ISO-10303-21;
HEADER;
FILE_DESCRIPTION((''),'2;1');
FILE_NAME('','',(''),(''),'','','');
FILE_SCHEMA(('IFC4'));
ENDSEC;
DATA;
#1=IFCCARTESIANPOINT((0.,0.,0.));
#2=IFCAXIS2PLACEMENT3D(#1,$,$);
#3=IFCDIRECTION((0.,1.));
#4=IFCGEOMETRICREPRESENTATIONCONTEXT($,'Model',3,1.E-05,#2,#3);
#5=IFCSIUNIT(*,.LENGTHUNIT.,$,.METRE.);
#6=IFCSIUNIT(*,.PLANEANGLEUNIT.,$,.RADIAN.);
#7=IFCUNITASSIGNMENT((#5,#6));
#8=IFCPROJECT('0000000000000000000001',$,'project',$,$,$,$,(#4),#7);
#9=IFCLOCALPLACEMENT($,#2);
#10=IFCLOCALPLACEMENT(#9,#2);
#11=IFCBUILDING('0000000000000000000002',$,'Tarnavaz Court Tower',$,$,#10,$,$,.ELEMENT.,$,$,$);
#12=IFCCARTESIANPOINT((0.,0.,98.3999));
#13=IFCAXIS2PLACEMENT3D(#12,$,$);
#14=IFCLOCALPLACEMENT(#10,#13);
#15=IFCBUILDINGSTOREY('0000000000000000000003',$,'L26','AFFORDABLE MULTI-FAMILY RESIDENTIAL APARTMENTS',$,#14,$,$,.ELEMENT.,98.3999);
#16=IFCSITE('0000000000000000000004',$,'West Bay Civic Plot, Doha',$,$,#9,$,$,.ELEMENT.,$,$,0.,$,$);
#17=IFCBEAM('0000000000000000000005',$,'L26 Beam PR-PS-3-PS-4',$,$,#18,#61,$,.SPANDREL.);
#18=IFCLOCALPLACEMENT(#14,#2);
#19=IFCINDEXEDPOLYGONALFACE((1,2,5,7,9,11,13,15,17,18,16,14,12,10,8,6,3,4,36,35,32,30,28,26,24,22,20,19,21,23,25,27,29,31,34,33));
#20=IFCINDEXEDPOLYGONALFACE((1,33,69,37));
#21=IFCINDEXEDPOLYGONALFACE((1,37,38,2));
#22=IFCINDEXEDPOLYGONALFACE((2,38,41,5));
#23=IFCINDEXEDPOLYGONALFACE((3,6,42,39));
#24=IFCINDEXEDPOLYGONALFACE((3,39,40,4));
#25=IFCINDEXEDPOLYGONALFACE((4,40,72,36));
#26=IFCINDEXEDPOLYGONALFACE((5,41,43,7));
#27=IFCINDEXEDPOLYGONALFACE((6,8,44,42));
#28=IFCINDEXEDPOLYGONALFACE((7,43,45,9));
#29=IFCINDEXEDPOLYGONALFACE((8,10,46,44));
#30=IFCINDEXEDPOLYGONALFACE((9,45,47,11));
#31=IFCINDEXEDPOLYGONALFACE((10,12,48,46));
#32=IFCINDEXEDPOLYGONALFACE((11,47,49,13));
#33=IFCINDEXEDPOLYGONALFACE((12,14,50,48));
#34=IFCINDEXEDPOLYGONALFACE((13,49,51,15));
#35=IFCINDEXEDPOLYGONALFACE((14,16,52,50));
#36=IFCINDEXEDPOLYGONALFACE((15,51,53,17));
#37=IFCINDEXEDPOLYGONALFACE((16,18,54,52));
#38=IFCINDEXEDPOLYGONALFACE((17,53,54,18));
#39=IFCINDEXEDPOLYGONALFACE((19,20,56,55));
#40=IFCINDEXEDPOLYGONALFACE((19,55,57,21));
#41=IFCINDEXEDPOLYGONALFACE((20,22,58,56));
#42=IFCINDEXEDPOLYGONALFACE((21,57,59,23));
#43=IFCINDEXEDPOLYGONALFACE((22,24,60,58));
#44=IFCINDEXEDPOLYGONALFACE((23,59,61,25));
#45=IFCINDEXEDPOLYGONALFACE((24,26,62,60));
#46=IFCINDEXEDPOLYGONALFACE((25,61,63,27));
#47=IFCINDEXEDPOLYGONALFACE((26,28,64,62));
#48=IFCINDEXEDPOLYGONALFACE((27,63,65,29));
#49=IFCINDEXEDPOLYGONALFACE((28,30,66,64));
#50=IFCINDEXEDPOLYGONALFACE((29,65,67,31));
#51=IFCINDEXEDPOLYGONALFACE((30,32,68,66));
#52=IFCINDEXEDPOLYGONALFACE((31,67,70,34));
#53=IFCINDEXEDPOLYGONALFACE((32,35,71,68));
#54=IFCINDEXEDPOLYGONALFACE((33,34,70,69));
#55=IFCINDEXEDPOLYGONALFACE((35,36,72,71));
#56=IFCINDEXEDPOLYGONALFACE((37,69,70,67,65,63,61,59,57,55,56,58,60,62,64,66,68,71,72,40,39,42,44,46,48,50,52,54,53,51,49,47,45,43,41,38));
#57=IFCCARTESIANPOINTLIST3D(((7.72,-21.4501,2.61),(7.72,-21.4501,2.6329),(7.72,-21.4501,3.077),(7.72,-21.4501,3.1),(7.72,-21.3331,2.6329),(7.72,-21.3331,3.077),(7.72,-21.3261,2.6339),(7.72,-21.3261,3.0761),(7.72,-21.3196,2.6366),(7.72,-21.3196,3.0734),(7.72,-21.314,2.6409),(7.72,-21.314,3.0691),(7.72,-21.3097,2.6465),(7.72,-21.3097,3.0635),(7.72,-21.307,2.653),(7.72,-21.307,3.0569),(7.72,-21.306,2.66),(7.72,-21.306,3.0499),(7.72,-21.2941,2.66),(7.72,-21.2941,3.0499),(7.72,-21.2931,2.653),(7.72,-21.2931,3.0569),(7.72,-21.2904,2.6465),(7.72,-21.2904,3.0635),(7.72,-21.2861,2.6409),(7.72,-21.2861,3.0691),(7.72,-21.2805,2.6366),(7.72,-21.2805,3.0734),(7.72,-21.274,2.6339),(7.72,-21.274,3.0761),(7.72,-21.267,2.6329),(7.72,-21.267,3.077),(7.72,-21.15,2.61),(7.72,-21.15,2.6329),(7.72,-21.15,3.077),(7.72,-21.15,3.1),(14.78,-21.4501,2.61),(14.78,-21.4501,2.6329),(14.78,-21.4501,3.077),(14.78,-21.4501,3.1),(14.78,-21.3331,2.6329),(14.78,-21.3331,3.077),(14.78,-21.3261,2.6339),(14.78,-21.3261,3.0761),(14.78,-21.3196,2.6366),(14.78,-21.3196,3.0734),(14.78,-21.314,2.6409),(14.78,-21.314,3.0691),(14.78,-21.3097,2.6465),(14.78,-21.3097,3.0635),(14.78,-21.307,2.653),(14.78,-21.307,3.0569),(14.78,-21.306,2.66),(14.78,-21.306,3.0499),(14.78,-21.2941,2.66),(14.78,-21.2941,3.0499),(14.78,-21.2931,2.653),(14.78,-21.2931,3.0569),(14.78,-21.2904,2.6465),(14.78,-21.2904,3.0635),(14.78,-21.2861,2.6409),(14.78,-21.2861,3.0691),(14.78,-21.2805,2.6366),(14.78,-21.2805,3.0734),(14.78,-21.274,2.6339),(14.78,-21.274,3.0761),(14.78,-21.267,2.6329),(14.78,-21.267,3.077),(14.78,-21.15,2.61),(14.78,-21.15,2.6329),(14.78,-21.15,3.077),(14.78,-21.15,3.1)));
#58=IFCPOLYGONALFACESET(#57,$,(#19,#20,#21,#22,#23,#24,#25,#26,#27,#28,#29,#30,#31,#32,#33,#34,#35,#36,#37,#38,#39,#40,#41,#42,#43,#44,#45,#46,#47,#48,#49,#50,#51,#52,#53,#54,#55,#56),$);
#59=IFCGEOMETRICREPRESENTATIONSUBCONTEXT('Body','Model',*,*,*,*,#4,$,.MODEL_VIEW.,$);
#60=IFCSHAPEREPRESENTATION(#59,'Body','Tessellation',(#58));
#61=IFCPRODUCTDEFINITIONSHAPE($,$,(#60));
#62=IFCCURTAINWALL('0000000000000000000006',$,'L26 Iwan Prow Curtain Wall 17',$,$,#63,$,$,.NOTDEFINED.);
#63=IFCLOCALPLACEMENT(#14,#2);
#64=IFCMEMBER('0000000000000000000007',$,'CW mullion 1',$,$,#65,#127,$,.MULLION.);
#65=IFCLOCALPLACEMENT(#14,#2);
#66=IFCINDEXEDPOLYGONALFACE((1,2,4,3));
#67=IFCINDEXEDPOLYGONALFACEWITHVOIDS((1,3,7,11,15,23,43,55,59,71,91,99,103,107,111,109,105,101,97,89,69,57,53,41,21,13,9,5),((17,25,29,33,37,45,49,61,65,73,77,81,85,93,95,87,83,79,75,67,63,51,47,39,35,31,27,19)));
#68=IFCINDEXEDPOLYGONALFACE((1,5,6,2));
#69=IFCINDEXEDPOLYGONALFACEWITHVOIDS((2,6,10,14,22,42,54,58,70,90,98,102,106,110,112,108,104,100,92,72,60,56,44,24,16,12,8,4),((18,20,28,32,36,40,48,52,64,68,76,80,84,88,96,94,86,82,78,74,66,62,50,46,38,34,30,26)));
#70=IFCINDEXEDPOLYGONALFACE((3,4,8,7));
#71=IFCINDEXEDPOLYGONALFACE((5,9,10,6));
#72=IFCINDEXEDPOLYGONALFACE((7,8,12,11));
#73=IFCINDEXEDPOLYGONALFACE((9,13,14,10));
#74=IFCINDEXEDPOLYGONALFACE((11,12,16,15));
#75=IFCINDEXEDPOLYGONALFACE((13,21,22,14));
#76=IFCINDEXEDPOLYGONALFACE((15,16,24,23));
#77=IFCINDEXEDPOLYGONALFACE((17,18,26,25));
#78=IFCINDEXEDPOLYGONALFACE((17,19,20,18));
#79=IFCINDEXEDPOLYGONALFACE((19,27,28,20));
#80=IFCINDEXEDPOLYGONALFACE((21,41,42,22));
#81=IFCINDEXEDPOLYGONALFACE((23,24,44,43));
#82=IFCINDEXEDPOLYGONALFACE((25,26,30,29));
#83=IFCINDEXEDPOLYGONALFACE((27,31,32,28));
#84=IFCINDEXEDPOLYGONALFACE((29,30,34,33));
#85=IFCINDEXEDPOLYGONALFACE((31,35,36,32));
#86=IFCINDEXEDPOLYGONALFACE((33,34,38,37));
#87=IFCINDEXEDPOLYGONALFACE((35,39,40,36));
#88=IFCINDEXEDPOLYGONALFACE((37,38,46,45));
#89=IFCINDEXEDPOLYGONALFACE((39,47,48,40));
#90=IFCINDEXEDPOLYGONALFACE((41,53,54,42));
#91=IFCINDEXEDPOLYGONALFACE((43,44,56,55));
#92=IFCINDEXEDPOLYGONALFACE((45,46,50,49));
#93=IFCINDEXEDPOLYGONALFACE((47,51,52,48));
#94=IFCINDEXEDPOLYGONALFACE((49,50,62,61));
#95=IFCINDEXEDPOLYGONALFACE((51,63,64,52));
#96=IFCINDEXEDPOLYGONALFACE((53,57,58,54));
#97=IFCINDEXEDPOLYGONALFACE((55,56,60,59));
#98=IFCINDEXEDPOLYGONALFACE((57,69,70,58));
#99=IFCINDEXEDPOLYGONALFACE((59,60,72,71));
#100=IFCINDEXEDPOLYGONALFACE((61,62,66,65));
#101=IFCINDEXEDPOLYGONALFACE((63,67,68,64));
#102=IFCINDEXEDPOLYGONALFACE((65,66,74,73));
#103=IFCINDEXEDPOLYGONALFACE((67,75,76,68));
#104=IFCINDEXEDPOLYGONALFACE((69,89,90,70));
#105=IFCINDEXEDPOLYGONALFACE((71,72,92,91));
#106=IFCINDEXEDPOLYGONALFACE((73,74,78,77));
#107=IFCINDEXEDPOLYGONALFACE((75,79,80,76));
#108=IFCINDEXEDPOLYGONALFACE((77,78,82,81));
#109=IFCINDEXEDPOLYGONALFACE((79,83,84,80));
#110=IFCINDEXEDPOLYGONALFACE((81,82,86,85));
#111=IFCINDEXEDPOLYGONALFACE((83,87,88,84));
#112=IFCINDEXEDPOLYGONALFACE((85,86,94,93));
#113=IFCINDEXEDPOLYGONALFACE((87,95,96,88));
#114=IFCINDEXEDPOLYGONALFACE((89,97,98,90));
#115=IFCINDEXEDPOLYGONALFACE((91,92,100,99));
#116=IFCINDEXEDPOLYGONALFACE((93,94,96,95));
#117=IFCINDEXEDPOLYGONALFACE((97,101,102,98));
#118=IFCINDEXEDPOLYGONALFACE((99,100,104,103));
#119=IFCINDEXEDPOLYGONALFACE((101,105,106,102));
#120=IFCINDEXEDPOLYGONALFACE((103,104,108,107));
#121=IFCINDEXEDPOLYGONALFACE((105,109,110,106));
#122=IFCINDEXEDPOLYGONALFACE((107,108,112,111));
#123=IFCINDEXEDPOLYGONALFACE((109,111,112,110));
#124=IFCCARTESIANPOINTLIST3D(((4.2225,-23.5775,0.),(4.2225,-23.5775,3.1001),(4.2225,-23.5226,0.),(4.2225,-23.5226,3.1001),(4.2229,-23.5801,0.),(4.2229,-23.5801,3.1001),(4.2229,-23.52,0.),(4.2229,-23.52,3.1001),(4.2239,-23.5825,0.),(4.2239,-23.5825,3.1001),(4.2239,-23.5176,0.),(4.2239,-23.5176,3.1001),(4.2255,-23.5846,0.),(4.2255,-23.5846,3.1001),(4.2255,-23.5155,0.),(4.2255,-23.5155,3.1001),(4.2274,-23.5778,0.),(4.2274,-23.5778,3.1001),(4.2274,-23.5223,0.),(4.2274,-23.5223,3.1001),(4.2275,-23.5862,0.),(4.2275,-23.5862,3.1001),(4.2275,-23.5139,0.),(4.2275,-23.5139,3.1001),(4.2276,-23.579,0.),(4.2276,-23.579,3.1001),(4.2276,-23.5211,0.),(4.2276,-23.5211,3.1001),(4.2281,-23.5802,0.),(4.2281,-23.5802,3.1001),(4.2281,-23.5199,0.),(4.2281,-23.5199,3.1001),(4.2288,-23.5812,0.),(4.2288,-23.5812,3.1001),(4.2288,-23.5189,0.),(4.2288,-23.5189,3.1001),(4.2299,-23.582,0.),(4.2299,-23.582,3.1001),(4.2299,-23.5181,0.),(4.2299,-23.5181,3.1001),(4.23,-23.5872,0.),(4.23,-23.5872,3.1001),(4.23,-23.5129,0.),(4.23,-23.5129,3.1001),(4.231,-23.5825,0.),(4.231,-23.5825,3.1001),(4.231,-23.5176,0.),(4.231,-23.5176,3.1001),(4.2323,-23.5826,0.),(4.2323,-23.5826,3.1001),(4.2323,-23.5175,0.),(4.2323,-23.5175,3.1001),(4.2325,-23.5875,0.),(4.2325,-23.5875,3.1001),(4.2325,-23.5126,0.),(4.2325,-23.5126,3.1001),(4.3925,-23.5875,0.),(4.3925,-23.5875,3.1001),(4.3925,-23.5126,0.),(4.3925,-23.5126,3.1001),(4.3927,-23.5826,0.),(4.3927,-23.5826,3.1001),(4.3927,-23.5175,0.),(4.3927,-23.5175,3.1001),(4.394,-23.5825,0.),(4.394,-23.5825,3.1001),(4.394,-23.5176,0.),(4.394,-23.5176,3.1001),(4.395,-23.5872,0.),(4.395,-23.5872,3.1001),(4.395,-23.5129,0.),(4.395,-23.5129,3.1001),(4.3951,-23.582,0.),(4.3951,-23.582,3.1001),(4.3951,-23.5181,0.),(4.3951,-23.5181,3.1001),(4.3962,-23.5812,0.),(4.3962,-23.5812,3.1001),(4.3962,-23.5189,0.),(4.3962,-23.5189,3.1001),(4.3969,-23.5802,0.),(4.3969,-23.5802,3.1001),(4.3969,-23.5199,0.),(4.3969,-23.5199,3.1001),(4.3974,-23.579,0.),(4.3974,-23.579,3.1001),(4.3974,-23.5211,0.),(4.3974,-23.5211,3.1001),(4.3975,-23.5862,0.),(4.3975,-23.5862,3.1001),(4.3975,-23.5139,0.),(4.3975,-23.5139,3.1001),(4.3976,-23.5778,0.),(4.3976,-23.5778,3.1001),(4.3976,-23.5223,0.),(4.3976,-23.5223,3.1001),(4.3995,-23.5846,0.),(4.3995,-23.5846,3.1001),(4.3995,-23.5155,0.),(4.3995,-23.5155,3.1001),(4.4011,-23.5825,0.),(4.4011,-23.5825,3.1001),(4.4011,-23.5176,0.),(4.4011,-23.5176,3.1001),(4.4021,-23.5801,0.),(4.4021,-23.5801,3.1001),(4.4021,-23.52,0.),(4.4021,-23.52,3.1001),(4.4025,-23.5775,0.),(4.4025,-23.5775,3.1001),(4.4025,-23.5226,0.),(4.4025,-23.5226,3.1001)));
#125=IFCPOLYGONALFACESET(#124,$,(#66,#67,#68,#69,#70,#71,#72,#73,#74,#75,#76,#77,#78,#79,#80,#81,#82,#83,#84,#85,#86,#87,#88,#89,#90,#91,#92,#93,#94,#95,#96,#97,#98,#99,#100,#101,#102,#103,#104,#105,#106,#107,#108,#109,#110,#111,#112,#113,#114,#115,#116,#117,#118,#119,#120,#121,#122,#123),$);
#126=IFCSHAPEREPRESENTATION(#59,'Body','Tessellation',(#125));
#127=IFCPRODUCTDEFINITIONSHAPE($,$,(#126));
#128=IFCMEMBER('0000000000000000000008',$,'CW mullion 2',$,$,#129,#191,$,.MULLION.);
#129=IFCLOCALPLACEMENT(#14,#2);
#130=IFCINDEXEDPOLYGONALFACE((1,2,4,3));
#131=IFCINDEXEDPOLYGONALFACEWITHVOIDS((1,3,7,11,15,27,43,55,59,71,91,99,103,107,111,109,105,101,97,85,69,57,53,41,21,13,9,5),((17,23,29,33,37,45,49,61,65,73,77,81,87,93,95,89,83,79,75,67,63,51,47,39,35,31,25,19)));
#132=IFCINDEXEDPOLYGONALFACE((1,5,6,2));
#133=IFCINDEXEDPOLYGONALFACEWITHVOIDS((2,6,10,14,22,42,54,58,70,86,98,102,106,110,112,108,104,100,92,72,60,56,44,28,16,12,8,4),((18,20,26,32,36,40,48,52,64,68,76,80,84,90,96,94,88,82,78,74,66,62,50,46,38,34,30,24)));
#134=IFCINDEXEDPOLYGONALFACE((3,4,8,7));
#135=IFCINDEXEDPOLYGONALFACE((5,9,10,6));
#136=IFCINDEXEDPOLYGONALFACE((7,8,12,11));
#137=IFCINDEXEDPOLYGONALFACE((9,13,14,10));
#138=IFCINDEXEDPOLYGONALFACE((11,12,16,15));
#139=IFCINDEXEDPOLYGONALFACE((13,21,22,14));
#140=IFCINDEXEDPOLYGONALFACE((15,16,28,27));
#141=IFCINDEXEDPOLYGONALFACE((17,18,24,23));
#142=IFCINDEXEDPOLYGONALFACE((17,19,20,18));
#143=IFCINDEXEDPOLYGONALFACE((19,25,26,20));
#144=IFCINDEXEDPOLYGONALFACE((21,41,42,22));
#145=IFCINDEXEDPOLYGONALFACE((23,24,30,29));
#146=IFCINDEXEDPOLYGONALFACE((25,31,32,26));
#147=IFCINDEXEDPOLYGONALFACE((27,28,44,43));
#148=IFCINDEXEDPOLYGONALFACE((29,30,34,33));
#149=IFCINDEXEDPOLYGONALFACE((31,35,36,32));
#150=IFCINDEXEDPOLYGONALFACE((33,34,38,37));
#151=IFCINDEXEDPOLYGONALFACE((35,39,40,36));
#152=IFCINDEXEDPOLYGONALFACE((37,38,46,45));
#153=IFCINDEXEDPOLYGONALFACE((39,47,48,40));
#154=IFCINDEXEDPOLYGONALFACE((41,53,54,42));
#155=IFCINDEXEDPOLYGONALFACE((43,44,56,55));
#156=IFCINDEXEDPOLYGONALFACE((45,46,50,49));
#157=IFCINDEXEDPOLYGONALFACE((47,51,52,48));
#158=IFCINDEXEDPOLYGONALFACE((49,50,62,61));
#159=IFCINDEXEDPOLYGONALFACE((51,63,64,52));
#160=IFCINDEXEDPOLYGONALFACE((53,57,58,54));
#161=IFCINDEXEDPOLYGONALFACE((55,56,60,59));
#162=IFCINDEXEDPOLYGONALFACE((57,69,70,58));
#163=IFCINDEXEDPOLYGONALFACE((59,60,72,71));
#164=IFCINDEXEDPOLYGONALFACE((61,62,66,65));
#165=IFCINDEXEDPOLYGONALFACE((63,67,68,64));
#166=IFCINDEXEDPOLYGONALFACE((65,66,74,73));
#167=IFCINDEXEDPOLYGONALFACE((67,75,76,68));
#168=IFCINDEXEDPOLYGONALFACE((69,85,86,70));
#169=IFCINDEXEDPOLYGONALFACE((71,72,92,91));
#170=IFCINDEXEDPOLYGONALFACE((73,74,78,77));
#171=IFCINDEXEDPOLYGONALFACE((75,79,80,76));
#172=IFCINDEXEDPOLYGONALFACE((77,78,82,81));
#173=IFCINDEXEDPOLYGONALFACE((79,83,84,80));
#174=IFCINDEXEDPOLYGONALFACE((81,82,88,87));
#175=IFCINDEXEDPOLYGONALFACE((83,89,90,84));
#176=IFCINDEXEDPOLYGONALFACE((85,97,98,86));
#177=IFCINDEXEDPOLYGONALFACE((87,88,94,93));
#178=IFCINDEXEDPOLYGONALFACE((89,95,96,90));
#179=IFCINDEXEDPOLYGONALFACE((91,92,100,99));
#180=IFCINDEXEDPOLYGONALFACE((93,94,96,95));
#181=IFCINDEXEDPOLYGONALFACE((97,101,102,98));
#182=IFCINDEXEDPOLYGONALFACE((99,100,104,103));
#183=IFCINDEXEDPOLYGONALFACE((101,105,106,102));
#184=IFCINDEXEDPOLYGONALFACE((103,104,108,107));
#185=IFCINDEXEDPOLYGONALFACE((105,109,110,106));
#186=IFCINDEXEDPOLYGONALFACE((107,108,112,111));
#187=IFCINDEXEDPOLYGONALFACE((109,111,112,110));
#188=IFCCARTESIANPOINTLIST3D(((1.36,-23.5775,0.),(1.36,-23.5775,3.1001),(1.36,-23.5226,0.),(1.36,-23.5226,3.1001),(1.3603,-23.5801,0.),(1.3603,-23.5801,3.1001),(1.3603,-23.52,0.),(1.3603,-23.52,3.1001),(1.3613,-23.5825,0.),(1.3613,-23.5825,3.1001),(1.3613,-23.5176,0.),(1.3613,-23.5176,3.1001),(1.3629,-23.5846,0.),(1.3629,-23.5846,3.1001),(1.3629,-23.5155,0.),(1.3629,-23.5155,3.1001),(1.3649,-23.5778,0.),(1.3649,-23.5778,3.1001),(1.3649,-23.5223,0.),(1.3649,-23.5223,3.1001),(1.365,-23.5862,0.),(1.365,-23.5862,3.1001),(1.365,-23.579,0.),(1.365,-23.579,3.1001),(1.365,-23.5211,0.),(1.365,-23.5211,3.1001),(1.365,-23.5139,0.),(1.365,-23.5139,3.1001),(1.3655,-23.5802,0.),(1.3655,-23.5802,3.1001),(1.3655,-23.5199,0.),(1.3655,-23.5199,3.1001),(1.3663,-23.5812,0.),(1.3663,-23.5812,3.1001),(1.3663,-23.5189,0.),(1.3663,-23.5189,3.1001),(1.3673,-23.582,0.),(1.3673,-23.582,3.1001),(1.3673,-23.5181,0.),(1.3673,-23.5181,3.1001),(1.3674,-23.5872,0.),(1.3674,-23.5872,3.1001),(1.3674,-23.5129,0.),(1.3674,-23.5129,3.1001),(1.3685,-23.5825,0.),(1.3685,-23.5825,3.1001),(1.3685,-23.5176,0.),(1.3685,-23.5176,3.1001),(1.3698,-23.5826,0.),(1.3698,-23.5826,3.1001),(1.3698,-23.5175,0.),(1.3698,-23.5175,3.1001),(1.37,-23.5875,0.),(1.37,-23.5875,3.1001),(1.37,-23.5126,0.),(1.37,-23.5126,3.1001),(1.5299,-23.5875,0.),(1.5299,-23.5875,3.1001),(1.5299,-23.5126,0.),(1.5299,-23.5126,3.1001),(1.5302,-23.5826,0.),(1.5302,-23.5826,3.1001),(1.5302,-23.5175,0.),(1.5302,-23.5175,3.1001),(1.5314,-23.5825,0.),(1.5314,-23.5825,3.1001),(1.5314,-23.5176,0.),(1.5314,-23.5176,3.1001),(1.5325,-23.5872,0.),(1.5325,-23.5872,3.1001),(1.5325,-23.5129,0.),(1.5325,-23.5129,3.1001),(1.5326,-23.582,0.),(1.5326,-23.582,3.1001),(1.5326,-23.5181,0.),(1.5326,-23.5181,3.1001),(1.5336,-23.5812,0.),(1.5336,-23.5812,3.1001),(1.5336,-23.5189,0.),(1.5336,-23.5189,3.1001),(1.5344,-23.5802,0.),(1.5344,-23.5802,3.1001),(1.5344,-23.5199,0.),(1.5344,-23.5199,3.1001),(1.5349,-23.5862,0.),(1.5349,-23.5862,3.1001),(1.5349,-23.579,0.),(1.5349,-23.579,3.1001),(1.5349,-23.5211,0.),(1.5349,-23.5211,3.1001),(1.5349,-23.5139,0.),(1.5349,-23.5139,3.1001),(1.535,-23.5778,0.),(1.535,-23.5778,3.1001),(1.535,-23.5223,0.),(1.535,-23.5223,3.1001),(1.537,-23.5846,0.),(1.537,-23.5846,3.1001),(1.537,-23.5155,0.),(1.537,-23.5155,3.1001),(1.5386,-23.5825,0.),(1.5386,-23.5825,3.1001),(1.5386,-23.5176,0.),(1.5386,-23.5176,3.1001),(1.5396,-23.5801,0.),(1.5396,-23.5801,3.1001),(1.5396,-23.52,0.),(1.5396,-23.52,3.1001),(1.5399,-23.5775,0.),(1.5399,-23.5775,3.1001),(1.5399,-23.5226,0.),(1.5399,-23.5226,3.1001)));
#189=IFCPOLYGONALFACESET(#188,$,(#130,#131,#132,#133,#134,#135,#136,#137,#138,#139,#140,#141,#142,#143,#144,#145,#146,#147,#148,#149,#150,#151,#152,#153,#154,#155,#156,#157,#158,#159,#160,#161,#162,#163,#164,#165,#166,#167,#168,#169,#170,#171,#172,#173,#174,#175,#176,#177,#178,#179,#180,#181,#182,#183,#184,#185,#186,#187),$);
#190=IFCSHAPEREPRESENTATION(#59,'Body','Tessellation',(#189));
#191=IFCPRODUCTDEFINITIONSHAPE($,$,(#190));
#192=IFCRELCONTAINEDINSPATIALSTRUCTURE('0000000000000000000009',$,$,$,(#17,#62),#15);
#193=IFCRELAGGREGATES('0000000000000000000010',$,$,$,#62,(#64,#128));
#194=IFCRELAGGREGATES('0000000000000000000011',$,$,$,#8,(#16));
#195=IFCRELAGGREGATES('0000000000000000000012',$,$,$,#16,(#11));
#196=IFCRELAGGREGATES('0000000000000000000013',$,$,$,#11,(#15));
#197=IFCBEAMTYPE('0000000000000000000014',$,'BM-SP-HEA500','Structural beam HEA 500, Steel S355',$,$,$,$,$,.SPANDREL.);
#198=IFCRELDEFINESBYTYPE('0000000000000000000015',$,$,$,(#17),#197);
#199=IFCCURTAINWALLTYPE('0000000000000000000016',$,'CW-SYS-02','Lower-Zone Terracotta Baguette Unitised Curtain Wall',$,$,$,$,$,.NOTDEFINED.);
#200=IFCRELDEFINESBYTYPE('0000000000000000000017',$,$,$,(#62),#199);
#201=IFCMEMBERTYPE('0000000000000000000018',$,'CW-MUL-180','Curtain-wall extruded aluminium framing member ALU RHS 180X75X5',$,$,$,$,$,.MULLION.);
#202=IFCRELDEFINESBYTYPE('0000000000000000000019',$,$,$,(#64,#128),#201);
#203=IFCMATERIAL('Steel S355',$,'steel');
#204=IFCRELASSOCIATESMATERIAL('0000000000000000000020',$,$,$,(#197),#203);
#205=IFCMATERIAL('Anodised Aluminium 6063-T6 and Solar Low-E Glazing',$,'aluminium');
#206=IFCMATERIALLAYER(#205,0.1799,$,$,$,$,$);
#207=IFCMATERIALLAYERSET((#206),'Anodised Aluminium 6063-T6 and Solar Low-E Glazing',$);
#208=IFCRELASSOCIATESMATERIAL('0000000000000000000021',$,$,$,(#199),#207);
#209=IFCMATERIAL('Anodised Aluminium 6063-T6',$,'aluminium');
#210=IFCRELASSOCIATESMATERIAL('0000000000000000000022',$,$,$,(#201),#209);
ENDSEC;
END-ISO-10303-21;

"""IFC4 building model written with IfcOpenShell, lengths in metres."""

from ifc_helpers import new_model, si_unit, direction, frame, origin, origin_2d, place, context, subcontext, project, spatial, hollow_rectangle, i_section, extrude, material, layer, layer_set, material_profile, profile_set, type_object, element, aggregate, save


model = new_model("IFC4")

# Units and contexts
model_context = context("Model", 3, precision=1e-05, world=origin(), true_north=direction((0.0, 1.0)))
body_context = subcontext(model_context, "Body", "Model", "MODEL_VIEW")
ifc_project = project(units=[si_unit("LENGTHUNIT", "METRE"), si_unit("PLANEANGLEUNIT", "RADIAN")], contexts=[model_context])

# Site, building, storey
site_placement = place(None, origin())
site = spatial("IfcSite", under=ifc_project, at=site_placement, Name="West Bay Civic Plot, Doha", CompositionType="ELEMENT", RefElevation=0.0)
building_placement = place(site_placement, origin())
building = spatial("IfcBuilding", under=site, at=building_placement, Name="Tarnavaz Court Tower", CompositionType="ELEMENT")
storey_placement = place(building_placement, frame((0.0, 0.0, 98.3999)))
storey = spatial("IfcBuildingStorey", under=building, at=storey_placement, Name="L26", Description="AFFORDABLE MULTI-FAMILY RESIDENTIAL APARTMENTS", CompositionType="ELEMENT", Elevation=98.3999)

# Beam
ifc_material_1 = material(Name="Steel S355", Category="steel")
ifc_material_profile_1 = material_profile(ifc_material_1, i_section(OverallWidth=0.3, OverallDepth=0.49, WebThickness=0.012, FlangeThickness=0.0229, FilletRadius=0.0271, at=origin_2d()), Name="HEA 500")
ifc_profile_set_1 = profile_set([ifc_material_profile_1], Name="Steel S355")
beam_type_1 = type_object("IfcBeamType", Name="BM-SP-HEA500", Description="Structural beam HEA 500, Steel S355", PredefinedType="SPANDREL", material=ifc_profile_set_1)
beam_placement = place(storey_placement, frame((7.72, -21.3, 2.855), z_axis=(1.0, 0.0, 0.0), x_axis=(0.0, 1.0, 0.0)))
element("IfcBeam", 1, at=beam_placement, inside=storey, type_object=beam_type_1, Name="L26 Beam PR-PS-3-PS-4", PredefinedType="SPANDREL", context=body_context, shape_type="SweptSolid", body=[
    extrude(i_section(OverallWidth=0.3, OverallDepth=0.49, WebThickness=0.012, FlangeThickness=0.0229, FilletRadius=0.0271, at=origin_2d()), origin(), (0.0, 0.0, 1.0), 7.0601),
])

# Curtain wall, members
ifc_material_2 = material(Name="Anodised Aluminium 6063-T6 and Solar Low-E Glazing", Category="aluminium")
ifc_layer_1 = layer(ifc_material_2, 0.1799)
ifc_layer_set_1 = layer_set([ifc_layer_1], Name="Anodised Aluminium 6063-T6 and Solar Low-E Glazing")
curtain_wall_type = type_object("IfcCurtainWallType", Name="CW-SYS-02", Description="Lower-Zone Terracotta Baguette Unitised Curtain Wall", PredefinedType="NOTDEFINED", material=ifc_layer_set_1)
curtain_wall_placement = place(storey_placement, origin())
curtain_wall = element("IfcCurtainWall", 2, at=curtain_wall_placement, inside=storey, type_object=curtain_wall_type, Name="L26 Iwan Prow Curtain Wall 17", PredefinedType="NOTDEFINED")
ifc_material_3 = material(Name="Anodised Aluminium 6063-T6", Category="aluminium")
ifc_material_profile_2 = material_profile(ifc_material_3, hollow_rectangle(XDim=0.075, YDim=0.1799, WallThickness=0.0049, InnerFilletRadius=0.0049, OuterFilletRadius=0.01, at=origin_2d()), Name="ALU RHS 180X75X5")
ifc_profile_set_2 = profile_set([ifc_material_profile_2], Name="Anodised Aluminium 6063-T6")
member_type_1 = type_object("IfcMemberType", Name="CW-MUL-180", Description="Curtain-wall extruded aluminium framing member ALU RHS 180X75X5", PredefinedType="MULLION", material=ifc_profile_set_2)
member_1_placement = place(storey_placement, frame((4.3125, -23.55, 0.0), z_axis=(0.0, 0.0, 1.0), x_axis=(0.0, -1.0, 0.0)))
member_1 = element("IfcMember", 3, at=member_1_placement, type_object=member_type_1, Name="CW mullion 1", PredefinedType="MULLION", context=body_context, shape_type="SweptSolid", body=[
    extrude(hollow_rectangle(XDim=0.075, YDim=0.1799, WallThickness=0.0049, InnerFilletRadius=0.0049, OuterFilletRadius=0.01, at=origin_2d()), origin(), (0.0, 0.0, 1.0), 3.1001),
])
member_2_placement = place(storey_placement, frame((1.45, -23.55, 0.0), z_axis=(0.0, 0.0, 1.0), x_axis=(0.0, -1.0, 0.0)))
member_2 = element("IfcMember", 4, at=member_2_placement, type_object=member_type_1, Name="CW mullion 2", PredefinedType="MULLION", context=body_context, shape_type="SweptSolid", body=[
    extrude(hollow_rectangle(XDim=0.075, YDim=0.1799, WallThickness=0.0049, InnerFilletRadius=0.0049, OuterFilletRadius=0.01, at=origin_2d()), origin(), (0.0, 0.0, 1.0), 3.1001),
])
aggregate(curtain_wall, [member_1, member_2])

save(model, "model.ifc")
